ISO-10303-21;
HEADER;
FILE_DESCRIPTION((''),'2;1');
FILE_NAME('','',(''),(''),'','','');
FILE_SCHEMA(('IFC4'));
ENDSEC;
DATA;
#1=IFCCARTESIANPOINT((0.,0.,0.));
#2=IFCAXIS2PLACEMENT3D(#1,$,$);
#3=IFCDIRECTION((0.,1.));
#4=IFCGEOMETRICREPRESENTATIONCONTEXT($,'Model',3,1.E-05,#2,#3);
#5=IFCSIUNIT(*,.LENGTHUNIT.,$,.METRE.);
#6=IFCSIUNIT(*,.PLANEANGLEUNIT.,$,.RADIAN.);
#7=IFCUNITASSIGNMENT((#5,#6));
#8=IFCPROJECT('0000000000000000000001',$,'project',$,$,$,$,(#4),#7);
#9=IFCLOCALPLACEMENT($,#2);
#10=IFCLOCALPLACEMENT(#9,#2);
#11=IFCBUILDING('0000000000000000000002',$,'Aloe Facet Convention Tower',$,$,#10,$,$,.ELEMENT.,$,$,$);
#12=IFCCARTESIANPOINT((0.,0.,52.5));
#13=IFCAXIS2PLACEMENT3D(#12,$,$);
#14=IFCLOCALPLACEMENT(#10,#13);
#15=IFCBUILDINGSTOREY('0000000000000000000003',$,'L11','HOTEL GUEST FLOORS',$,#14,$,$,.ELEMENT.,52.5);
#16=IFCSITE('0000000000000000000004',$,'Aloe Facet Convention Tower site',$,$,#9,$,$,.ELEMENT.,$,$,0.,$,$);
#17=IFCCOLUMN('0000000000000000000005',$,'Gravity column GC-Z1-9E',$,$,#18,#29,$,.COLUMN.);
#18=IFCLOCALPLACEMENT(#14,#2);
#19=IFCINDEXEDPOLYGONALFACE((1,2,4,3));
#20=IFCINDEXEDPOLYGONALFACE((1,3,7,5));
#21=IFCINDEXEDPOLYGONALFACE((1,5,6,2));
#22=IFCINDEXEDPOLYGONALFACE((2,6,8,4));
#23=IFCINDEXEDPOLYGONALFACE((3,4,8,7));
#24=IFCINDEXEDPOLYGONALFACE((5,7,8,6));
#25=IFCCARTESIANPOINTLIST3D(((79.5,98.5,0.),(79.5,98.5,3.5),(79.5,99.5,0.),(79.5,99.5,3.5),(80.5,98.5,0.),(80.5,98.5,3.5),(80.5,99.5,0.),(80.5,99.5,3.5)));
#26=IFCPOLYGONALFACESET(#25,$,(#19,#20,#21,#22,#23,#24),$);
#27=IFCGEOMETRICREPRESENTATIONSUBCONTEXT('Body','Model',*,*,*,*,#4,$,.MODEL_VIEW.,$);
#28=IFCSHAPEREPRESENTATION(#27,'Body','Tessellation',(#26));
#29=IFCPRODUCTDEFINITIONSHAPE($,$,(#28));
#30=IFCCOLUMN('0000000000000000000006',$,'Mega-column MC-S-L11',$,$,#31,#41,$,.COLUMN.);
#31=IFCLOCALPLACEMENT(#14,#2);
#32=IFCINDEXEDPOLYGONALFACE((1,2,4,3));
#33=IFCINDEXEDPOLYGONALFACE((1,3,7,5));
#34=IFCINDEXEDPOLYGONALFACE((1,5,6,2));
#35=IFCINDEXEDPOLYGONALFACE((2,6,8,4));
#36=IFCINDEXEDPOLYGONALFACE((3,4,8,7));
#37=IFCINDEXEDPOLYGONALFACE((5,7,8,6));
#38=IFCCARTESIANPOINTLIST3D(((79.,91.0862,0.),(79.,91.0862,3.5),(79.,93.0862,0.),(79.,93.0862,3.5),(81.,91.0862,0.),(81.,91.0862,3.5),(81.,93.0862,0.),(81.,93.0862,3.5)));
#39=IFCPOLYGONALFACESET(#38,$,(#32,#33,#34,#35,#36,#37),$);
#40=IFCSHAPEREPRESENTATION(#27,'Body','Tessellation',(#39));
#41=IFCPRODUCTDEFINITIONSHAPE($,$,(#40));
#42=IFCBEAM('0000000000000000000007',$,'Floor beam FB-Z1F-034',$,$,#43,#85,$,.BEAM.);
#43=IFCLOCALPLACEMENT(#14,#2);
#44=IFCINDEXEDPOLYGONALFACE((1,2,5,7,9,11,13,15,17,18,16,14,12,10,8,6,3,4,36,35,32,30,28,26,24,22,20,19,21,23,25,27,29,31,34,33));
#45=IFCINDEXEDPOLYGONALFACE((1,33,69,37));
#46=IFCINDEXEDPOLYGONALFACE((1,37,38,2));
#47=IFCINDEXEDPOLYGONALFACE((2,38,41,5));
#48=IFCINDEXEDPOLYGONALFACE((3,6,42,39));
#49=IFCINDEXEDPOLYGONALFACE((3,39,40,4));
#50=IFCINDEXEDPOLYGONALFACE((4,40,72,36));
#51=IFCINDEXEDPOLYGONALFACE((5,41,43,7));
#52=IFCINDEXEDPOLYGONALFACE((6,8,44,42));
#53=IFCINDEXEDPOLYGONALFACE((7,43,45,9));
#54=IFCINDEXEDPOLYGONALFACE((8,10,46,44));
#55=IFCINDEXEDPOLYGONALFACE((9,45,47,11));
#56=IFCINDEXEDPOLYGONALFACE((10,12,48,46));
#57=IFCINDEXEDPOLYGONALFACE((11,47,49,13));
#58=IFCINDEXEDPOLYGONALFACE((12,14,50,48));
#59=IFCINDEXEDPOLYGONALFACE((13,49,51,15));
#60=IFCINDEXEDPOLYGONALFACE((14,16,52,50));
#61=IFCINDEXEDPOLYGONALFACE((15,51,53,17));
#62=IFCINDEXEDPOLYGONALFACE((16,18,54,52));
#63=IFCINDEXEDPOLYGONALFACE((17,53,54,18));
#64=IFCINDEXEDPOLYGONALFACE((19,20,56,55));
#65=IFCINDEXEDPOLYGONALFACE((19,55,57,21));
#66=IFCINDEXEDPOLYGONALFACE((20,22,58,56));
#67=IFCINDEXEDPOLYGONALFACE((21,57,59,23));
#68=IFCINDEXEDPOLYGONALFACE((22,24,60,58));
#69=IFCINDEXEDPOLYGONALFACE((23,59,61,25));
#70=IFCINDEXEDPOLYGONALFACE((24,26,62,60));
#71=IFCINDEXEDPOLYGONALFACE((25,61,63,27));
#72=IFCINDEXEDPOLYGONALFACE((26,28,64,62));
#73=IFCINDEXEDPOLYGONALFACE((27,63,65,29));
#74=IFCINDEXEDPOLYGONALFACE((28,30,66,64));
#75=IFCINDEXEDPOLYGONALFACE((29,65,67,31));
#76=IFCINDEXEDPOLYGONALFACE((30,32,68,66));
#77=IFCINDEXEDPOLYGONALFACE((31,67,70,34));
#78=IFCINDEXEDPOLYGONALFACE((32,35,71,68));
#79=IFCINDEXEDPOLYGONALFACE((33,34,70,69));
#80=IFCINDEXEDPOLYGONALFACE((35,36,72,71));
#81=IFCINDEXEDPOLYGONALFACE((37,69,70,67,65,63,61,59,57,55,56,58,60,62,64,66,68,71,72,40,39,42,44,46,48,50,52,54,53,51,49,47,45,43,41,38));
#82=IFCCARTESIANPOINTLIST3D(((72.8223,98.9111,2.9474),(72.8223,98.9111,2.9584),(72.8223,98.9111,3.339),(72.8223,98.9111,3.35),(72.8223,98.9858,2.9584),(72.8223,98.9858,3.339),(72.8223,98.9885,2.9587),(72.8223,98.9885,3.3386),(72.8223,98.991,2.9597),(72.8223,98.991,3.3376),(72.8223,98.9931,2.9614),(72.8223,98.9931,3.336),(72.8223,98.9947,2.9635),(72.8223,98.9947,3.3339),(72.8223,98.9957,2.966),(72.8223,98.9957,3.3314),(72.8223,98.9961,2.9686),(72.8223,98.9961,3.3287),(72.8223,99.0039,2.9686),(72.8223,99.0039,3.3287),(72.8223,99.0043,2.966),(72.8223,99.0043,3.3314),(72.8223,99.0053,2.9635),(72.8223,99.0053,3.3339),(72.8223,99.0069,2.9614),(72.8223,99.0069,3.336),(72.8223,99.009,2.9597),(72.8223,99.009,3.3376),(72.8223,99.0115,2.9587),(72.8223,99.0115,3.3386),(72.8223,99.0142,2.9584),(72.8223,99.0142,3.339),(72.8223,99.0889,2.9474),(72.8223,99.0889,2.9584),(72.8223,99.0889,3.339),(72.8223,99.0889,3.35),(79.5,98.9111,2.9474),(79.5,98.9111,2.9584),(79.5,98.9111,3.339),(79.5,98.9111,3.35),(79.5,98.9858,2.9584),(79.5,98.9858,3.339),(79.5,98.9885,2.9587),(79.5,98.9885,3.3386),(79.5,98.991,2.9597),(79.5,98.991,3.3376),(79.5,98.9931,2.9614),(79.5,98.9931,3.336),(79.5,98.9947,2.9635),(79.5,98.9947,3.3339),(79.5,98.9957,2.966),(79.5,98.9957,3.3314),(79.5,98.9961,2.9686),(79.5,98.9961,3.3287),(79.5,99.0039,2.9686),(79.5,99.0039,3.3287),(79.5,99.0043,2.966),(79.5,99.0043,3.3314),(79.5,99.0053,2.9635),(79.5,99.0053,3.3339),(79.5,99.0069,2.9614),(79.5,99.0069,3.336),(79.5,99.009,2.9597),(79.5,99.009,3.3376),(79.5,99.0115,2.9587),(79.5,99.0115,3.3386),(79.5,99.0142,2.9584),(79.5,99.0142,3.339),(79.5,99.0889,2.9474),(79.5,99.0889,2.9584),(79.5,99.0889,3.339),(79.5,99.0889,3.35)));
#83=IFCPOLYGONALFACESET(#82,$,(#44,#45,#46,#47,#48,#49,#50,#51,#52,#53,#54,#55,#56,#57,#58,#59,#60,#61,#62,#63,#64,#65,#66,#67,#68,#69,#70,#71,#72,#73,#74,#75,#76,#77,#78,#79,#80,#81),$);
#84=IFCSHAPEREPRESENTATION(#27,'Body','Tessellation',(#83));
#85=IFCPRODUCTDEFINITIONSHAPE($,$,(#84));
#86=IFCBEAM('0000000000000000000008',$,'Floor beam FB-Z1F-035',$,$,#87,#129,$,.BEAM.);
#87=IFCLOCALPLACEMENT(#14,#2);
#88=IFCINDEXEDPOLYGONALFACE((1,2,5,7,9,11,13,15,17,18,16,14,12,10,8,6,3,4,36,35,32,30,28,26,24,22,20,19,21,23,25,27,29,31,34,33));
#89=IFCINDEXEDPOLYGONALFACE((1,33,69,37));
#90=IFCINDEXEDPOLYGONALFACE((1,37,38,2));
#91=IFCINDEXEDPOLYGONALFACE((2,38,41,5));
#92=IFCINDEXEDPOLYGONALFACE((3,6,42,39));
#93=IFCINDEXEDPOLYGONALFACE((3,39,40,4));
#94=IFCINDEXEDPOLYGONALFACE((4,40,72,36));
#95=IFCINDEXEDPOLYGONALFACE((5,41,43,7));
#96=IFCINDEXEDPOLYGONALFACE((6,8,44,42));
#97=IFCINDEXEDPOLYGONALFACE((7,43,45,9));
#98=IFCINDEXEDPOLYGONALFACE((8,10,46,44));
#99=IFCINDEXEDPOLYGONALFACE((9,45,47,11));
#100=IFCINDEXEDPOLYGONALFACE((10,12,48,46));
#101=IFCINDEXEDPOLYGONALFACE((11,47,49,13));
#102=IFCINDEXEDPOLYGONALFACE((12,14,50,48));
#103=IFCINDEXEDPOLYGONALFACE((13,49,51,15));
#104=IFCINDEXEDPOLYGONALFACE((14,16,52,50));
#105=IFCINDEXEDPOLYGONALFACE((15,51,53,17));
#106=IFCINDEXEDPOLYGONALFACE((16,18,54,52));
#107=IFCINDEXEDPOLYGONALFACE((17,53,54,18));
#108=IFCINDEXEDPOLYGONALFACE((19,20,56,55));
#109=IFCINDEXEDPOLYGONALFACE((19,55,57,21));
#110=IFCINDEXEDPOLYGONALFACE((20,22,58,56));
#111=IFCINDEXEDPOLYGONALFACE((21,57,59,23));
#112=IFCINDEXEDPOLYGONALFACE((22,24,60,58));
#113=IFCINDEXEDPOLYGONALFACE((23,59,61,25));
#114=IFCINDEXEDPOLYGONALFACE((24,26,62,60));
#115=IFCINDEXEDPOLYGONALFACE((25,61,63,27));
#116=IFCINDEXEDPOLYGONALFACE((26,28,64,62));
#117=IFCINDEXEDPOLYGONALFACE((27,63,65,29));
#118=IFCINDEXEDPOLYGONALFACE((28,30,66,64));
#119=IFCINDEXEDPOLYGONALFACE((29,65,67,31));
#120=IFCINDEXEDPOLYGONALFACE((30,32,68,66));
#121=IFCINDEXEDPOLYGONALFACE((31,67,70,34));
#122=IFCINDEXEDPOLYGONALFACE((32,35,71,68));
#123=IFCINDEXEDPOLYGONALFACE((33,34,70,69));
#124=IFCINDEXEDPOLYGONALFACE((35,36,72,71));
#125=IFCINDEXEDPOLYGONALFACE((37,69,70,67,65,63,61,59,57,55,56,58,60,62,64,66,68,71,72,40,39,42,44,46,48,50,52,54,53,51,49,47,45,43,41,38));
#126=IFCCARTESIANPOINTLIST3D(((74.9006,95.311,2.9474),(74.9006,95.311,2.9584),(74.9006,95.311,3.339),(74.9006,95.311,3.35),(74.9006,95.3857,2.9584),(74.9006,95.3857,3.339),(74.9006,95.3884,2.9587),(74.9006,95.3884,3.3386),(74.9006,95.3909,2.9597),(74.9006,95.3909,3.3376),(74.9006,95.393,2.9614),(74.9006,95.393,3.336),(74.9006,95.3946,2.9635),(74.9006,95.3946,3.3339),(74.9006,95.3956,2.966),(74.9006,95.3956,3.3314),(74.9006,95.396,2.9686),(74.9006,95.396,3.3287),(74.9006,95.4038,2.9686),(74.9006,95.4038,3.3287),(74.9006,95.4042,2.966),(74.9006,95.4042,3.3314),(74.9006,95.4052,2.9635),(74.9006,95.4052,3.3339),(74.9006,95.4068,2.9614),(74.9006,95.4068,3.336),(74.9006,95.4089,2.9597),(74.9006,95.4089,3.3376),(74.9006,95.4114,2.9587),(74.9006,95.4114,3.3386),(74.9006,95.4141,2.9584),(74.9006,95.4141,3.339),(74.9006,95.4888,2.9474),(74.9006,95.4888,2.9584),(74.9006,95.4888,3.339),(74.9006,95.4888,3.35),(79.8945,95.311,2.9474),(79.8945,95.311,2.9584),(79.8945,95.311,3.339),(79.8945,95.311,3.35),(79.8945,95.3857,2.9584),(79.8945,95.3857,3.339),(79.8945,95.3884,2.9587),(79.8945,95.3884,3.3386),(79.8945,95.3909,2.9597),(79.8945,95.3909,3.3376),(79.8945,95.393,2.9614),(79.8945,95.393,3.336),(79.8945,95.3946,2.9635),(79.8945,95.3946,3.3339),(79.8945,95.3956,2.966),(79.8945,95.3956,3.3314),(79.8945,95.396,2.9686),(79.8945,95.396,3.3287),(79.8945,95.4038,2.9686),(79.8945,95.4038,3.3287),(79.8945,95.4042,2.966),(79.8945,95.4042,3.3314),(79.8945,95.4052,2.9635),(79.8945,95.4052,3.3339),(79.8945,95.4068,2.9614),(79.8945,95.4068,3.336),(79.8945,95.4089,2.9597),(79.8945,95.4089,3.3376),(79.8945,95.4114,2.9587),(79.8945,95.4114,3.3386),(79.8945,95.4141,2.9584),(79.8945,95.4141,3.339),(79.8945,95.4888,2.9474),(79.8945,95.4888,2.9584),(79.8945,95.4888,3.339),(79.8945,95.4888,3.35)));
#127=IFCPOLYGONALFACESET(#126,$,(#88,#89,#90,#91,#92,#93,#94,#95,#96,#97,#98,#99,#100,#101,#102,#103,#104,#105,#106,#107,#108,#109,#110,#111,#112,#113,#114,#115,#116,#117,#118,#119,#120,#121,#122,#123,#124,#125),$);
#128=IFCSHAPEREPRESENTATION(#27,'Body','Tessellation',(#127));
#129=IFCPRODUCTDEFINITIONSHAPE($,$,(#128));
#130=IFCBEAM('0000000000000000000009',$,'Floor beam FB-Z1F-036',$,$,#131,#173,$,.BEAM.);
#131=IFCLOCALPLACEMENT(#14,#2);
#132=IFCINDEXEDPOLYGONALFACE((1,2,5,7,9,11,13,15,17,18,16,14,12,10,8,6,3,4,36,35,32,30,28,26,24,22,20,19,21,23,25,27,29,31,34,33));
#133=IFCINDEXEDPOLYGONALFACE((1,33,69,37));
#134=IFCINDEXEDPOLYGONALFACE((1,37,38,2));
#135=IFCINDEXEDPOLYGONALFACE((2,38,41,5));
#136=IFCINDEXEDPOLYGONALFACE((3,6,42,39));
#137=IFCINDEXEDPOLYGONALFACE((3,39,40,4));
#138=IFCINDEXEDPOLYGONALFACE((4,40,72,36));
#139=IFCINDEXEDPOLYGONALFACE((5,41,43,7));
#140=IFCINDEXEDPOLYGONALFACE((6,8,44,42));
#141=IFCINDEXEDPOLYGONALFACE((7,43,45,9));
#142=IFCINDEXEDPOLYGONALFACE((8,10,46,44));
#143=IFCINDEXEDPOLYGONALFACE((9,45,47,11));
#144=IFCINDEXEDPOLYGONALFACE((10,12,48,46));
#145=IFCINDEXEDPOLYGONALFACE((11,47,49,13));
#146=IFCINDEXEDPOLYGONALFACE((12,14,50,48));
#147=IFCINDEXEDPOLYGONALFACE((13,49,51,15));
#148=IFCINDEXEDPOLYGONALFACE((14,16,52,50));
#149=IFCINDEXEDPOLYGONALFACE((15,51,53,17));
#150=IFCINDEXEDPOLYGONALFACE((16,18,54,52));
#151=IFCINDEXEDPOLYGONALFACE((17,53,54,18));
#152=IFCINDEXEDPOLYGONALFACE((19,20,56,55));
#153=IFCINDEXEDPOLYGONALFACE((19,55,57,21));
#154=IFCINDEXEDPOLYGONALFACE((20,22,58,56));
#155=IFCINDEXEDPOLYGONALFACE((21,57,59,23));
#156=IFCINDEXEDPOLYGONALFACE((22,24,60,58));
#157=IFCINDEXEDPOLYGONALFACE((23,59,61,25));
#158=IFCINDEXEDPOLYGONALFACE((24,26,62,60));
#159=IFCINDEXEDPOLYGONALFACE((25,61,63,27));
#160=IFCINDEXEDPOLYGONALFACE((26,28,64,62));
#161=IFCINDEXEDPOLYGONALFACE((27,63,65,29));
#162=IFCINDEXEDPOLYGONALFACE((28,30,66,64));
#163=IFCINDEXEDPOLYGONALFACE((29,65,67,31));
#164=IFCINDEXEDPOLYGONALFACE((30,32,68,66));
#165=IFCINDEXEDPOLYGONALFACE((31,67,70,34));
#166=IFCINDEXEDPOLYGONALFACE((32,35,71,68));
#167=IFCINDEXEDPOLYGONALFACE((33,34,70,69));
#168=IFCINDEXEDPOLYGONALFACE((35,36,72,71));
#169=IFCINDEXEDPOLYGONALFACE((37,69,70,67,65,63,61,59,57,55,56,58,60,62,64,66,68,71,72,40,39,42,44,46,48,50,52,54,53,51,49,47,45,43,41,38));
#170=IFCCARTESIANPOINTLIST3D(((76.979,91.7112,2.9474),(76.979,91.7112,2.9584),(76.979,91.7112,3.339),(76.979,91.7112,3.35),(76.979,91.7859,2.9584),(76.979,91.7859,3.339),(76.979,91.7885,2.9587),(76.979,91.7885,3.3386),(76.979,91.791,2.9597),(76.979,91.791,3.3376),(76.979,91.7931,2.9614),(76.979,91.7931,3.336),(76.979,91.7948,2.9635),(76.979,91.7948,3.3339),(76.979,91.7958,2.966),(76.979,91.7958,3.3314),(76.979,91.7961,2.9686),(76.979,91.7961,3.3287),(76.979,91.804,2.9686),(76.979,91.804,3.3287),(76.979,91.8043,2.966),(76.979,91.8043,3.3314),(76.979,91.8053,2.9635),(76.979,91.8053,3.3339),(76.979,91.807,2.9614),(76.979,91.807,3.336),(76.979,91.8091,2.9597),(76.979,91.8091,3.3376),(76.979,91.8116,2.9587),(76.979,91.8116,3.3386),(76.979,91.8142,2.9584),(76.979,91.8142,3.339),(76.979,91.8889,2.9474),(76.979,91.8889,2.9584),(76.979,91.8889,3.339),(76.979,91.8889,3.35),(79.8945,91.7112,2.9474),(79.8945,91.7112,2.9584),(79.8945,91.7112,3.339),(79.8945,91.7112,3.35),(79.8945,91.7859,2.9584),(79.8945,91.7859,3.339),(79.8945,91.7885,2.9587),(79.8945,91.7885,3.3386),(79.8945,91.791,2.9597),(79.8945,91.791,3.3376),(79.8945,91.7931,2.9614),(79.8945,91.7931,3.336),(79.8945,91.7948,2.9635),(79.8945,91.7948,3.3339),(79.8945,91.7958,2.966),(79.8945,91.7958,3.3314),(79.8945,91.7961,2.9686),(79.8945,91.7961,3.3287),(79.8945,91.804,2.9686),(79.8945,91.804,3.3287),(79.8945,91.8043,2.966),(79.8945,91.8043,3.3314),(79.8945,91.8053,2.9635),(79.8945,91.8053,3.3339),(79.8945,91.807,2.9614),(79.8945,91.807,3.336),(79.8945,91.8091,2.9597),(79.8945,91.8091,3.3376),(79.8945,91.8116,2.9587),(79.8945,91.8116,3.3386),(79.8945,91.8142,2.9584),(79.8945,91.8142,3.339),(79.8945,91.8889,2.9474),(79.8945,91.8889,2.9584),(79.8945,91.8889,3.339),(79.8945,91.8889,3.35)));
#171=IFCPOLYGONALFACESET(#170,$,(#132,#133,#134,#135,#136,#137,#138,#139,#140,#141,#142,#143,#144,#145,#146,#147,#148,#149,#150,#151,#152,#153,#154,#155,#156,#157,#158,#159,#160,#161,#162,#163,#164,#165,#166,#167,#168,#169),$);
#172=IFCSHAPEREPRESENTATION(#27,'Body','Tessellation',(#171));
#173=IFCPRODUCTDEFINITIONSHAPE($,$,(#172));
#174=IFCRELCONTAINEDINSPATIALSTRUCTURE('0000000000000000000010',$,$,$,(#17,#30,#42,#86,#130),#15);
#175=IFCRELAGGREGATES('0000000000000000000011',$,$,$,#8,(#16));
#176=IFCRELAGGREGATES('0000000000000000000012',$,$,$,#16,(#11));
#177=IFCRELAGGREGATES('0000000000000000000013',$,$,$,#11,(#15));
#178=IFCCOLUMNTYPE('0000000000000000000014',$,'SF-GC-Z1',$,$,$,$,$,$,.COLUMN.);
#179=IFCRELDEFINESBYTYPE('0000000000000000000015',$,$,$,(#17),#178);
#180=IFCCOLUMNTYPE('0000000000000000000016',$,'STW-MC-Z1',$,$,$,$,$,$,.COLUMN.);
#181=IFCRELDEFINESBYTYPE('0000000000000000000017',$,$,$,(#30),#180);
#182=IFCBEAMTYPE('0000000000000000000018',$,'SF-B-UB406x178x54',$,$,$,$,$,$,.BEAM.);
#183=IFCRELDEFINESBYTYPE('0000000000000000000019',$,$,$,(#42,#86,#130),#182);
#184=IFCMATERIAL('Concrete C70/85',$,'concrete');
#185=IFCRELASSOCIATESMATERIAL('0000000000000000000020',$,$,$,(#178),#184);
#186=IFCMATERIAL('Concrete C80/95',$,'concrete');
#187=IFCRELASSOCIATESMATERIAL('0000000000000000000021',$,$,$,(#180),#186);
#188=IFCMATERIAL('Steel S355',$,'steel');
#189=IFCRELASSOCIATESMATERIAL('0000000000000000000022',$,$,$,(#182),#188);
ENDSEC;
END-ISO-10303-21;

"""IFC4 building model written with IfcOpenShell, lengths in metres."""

from ifc_helpers import new_model, si_unit, direction, frame, origin, origin_2d, place, context, subcontext, project, spatial, rectangle, i_section, extrude, material, material_profile, profile_set, type_object, element, save


model = new_model("IFC4")

# Units and contexts
model_context = context("Model", 3, precision=1e-05, world=origin(), true_north=direction((0.0, 1.0)))
body_context = subcontext(model_context, "Body", "Model", "MODEL_VIEW")
ifc_project = project(units=[si_unit("LENGTHUNIT", "METRE"), si_unit("PLANEANGLEUNIT", "RADIAN")], contexts=[model_context])

# Site, building, storey
site_placement = place(None, origin())
site = spatial("IfcSite", under=ifc_project, at=site_placement, Name="Aloe Facet Convention Tower site", CompositionType="ELEMENT", RefElevation=0.0)
building_placement = place(site_placement, origin())
building = spatial("IfcBuilding", under=site, at=building_placement, Name="Aloe Facet Convention Tower", CompositionType="ELEMENT")
storey_placement = place(building_placement, frame((0.0, 0.0, 52.5)))
storey = spatial("IfcBuildingStorey", under=building, at=storey_placement, Name="L11", Description="HOTEL GUEST FLOORS", CompositionType="ELEMENT", Elevation=52.5)

# Columns
ifc_material_1 = material(Name="Concrete C70/85", Category="concrete")
ifc_material_profile_1 = material_profile(ifc_material_1, rectangle(XDim=1.0, YDim=1.0, at=origin_2d()), Name="SF-GC-Z1")
ifc_profile_set_1 = profile_set([ifc_material_profile_1], Name="Concrete C70/85")
column_type_1 = type_object("IfcColumnType", Name="SF-GC-Z1", PredefinedType="COLUMN", material=ifc_profile_set_1)
column_1_placement = place(storey_placement, frame((80.0, 99.0, 0.0), z_axis=(0.0, 0.0, 1.0), x_axis=(1.0, 0.0, 0.0)))
element("IfcColumn", 1, at=column_1_placement, inside=storey, type_object=column_type_1, Name="Gravity column GC-Z1-9E", PredefinedType="COLUMN", context=body_context, shape_type="SweptSolid", body=[
    extrude(rectangle(XDim=1.0, YDim=1.0, at=origin_2d()), origin(), (0.0, 0.0, 1.0), 3.5),
])
ifc_material_2 = material(Name="Concrete C80/95", Category="concrete")
ifc_material_profile_2 = material_profile(ifc_material_2, rectangle(XDim=2.0, YDim=2.0, at=origin_2d()), Name="STW-MC-Z1")
ifc_profile_set_2 = profile_set([ifc_material_profile_2], Name="Concrete C80/95")
column_type_2 = type_object("IfcColumnType", Name="STW-MC-Z1", PredefinedType="COLUMN", material=ifc_profile_set_2)
column_2_placement = place(storey_placement, frame((80.0, 92.0862, 0.0), z_axis=(0.0, 0.0, 1.0), x_axis=(1.0, 0.0, 0.0)))
element("IfcColumn", 2, at=column_2_placement, inside=storey, type_object=column_type_2, Name="Mega-column MC-S-L11", PredefinedType="COLUMN", context=body_context, shape_type="SweptSolid", body=[
    extrude(rectangle(XDim=2.0, YDim=2.0, at=origin_2d()), origin(), (0.0, 0.0, 1.0), 3.5),
])

# Beams
ifc_material_3 = material(Name="Steel S355", Category="steel")
ifc_material_profile_3 = material_profile(ifc_material_3, i_section(OverallWidth=0.1777, OverallDepth=0.4026, WebThickness=0.0078, FlangeThickness=0.011, FilletRadius=0.0103, at=origin_2d()), Name="UB 406x178x54")
ifc_profile_set_3 = profile_set([ifc_material_profile_3], Name="Steel S355")
beam_type_1 = type_object("IfcBeamType", Name="SF-B-UB406x178x54", PredefinedType="BEAM", material=ifc_profile_set_3)
beam_1_placement = place(storey_placement, frame((72.8223, 99.0, 3.1487), z_axis=(1.0, 0.0, 0.0), x_axis=(0.0, 1.0, 0.0)))
element("IfcBeam", 3, at=beam_1_placement, inside=storey, type_object=beam_type_1, Name="Floor beam FB-Z1F-034", PredefinedType="BEAM", context=body_context, shape_type="SweptSolid", body=[
    extrude(i_section(OverallWidth=0.1777, OverallDepth=0.4026, WebThickness=0.0078, FlangeThickness=0.011, FilletRadius=0.0103, at=origin_2d()), origin(), (0.0, 0.0, 1.0), 6.6777),
])
beam_2_placement = place(storey_placement, frame((74.9006, 95.3999, 3.1487), z_axis=(1.0, 0.0, 0.0), x_axis=(0.0, 1.0, 0.0)))
element("IfcBeam", 4, at=beam_2_placement, inside=storey, type_object=beam_type_1, Name="Floor beam FB-Z1F-035", PredefinedType="BEAM", context=body_context, shape_type="SweptSolid", body=[
    extrude(i_section(OverallWidth=0.1777, OverallDepth=0.4026, WebThickness=0.0078, FlangeThickness=0.011, FilletRadius=0.0103, at=origin_2d()), origin(), (0.0, 0.0, 1.0), 4.9939),
])
for number, where, z_axis, x_axis, name in (
    (5, (76.979, 91.8, 3.1487), (1.0, 0.0, 0.0), (0.0, 1.0, 0.0), "Floor beam FB-Z1F-036"),
):
    element("IfcBeam", number, at=place(storey_placement, frame(where, z_axis=z_axis, x_axis=x_axis)), inside=storey, type_object=beam_type_1, Name=name, PredefinedType="BEAM", context=body_context, shape_type="SweptSolid", body=[
        extrude(i_section(OverallWidth=0.1777, OverallDepth=0.4026, WebThickness=0.0078, FlangeThickness=0.011, FilletRadius=0.0103, at=origin_2d()), origin(), (0.0, 0.0, 1.0), 2.9155),
    ])

save(model, "model.ifc")
